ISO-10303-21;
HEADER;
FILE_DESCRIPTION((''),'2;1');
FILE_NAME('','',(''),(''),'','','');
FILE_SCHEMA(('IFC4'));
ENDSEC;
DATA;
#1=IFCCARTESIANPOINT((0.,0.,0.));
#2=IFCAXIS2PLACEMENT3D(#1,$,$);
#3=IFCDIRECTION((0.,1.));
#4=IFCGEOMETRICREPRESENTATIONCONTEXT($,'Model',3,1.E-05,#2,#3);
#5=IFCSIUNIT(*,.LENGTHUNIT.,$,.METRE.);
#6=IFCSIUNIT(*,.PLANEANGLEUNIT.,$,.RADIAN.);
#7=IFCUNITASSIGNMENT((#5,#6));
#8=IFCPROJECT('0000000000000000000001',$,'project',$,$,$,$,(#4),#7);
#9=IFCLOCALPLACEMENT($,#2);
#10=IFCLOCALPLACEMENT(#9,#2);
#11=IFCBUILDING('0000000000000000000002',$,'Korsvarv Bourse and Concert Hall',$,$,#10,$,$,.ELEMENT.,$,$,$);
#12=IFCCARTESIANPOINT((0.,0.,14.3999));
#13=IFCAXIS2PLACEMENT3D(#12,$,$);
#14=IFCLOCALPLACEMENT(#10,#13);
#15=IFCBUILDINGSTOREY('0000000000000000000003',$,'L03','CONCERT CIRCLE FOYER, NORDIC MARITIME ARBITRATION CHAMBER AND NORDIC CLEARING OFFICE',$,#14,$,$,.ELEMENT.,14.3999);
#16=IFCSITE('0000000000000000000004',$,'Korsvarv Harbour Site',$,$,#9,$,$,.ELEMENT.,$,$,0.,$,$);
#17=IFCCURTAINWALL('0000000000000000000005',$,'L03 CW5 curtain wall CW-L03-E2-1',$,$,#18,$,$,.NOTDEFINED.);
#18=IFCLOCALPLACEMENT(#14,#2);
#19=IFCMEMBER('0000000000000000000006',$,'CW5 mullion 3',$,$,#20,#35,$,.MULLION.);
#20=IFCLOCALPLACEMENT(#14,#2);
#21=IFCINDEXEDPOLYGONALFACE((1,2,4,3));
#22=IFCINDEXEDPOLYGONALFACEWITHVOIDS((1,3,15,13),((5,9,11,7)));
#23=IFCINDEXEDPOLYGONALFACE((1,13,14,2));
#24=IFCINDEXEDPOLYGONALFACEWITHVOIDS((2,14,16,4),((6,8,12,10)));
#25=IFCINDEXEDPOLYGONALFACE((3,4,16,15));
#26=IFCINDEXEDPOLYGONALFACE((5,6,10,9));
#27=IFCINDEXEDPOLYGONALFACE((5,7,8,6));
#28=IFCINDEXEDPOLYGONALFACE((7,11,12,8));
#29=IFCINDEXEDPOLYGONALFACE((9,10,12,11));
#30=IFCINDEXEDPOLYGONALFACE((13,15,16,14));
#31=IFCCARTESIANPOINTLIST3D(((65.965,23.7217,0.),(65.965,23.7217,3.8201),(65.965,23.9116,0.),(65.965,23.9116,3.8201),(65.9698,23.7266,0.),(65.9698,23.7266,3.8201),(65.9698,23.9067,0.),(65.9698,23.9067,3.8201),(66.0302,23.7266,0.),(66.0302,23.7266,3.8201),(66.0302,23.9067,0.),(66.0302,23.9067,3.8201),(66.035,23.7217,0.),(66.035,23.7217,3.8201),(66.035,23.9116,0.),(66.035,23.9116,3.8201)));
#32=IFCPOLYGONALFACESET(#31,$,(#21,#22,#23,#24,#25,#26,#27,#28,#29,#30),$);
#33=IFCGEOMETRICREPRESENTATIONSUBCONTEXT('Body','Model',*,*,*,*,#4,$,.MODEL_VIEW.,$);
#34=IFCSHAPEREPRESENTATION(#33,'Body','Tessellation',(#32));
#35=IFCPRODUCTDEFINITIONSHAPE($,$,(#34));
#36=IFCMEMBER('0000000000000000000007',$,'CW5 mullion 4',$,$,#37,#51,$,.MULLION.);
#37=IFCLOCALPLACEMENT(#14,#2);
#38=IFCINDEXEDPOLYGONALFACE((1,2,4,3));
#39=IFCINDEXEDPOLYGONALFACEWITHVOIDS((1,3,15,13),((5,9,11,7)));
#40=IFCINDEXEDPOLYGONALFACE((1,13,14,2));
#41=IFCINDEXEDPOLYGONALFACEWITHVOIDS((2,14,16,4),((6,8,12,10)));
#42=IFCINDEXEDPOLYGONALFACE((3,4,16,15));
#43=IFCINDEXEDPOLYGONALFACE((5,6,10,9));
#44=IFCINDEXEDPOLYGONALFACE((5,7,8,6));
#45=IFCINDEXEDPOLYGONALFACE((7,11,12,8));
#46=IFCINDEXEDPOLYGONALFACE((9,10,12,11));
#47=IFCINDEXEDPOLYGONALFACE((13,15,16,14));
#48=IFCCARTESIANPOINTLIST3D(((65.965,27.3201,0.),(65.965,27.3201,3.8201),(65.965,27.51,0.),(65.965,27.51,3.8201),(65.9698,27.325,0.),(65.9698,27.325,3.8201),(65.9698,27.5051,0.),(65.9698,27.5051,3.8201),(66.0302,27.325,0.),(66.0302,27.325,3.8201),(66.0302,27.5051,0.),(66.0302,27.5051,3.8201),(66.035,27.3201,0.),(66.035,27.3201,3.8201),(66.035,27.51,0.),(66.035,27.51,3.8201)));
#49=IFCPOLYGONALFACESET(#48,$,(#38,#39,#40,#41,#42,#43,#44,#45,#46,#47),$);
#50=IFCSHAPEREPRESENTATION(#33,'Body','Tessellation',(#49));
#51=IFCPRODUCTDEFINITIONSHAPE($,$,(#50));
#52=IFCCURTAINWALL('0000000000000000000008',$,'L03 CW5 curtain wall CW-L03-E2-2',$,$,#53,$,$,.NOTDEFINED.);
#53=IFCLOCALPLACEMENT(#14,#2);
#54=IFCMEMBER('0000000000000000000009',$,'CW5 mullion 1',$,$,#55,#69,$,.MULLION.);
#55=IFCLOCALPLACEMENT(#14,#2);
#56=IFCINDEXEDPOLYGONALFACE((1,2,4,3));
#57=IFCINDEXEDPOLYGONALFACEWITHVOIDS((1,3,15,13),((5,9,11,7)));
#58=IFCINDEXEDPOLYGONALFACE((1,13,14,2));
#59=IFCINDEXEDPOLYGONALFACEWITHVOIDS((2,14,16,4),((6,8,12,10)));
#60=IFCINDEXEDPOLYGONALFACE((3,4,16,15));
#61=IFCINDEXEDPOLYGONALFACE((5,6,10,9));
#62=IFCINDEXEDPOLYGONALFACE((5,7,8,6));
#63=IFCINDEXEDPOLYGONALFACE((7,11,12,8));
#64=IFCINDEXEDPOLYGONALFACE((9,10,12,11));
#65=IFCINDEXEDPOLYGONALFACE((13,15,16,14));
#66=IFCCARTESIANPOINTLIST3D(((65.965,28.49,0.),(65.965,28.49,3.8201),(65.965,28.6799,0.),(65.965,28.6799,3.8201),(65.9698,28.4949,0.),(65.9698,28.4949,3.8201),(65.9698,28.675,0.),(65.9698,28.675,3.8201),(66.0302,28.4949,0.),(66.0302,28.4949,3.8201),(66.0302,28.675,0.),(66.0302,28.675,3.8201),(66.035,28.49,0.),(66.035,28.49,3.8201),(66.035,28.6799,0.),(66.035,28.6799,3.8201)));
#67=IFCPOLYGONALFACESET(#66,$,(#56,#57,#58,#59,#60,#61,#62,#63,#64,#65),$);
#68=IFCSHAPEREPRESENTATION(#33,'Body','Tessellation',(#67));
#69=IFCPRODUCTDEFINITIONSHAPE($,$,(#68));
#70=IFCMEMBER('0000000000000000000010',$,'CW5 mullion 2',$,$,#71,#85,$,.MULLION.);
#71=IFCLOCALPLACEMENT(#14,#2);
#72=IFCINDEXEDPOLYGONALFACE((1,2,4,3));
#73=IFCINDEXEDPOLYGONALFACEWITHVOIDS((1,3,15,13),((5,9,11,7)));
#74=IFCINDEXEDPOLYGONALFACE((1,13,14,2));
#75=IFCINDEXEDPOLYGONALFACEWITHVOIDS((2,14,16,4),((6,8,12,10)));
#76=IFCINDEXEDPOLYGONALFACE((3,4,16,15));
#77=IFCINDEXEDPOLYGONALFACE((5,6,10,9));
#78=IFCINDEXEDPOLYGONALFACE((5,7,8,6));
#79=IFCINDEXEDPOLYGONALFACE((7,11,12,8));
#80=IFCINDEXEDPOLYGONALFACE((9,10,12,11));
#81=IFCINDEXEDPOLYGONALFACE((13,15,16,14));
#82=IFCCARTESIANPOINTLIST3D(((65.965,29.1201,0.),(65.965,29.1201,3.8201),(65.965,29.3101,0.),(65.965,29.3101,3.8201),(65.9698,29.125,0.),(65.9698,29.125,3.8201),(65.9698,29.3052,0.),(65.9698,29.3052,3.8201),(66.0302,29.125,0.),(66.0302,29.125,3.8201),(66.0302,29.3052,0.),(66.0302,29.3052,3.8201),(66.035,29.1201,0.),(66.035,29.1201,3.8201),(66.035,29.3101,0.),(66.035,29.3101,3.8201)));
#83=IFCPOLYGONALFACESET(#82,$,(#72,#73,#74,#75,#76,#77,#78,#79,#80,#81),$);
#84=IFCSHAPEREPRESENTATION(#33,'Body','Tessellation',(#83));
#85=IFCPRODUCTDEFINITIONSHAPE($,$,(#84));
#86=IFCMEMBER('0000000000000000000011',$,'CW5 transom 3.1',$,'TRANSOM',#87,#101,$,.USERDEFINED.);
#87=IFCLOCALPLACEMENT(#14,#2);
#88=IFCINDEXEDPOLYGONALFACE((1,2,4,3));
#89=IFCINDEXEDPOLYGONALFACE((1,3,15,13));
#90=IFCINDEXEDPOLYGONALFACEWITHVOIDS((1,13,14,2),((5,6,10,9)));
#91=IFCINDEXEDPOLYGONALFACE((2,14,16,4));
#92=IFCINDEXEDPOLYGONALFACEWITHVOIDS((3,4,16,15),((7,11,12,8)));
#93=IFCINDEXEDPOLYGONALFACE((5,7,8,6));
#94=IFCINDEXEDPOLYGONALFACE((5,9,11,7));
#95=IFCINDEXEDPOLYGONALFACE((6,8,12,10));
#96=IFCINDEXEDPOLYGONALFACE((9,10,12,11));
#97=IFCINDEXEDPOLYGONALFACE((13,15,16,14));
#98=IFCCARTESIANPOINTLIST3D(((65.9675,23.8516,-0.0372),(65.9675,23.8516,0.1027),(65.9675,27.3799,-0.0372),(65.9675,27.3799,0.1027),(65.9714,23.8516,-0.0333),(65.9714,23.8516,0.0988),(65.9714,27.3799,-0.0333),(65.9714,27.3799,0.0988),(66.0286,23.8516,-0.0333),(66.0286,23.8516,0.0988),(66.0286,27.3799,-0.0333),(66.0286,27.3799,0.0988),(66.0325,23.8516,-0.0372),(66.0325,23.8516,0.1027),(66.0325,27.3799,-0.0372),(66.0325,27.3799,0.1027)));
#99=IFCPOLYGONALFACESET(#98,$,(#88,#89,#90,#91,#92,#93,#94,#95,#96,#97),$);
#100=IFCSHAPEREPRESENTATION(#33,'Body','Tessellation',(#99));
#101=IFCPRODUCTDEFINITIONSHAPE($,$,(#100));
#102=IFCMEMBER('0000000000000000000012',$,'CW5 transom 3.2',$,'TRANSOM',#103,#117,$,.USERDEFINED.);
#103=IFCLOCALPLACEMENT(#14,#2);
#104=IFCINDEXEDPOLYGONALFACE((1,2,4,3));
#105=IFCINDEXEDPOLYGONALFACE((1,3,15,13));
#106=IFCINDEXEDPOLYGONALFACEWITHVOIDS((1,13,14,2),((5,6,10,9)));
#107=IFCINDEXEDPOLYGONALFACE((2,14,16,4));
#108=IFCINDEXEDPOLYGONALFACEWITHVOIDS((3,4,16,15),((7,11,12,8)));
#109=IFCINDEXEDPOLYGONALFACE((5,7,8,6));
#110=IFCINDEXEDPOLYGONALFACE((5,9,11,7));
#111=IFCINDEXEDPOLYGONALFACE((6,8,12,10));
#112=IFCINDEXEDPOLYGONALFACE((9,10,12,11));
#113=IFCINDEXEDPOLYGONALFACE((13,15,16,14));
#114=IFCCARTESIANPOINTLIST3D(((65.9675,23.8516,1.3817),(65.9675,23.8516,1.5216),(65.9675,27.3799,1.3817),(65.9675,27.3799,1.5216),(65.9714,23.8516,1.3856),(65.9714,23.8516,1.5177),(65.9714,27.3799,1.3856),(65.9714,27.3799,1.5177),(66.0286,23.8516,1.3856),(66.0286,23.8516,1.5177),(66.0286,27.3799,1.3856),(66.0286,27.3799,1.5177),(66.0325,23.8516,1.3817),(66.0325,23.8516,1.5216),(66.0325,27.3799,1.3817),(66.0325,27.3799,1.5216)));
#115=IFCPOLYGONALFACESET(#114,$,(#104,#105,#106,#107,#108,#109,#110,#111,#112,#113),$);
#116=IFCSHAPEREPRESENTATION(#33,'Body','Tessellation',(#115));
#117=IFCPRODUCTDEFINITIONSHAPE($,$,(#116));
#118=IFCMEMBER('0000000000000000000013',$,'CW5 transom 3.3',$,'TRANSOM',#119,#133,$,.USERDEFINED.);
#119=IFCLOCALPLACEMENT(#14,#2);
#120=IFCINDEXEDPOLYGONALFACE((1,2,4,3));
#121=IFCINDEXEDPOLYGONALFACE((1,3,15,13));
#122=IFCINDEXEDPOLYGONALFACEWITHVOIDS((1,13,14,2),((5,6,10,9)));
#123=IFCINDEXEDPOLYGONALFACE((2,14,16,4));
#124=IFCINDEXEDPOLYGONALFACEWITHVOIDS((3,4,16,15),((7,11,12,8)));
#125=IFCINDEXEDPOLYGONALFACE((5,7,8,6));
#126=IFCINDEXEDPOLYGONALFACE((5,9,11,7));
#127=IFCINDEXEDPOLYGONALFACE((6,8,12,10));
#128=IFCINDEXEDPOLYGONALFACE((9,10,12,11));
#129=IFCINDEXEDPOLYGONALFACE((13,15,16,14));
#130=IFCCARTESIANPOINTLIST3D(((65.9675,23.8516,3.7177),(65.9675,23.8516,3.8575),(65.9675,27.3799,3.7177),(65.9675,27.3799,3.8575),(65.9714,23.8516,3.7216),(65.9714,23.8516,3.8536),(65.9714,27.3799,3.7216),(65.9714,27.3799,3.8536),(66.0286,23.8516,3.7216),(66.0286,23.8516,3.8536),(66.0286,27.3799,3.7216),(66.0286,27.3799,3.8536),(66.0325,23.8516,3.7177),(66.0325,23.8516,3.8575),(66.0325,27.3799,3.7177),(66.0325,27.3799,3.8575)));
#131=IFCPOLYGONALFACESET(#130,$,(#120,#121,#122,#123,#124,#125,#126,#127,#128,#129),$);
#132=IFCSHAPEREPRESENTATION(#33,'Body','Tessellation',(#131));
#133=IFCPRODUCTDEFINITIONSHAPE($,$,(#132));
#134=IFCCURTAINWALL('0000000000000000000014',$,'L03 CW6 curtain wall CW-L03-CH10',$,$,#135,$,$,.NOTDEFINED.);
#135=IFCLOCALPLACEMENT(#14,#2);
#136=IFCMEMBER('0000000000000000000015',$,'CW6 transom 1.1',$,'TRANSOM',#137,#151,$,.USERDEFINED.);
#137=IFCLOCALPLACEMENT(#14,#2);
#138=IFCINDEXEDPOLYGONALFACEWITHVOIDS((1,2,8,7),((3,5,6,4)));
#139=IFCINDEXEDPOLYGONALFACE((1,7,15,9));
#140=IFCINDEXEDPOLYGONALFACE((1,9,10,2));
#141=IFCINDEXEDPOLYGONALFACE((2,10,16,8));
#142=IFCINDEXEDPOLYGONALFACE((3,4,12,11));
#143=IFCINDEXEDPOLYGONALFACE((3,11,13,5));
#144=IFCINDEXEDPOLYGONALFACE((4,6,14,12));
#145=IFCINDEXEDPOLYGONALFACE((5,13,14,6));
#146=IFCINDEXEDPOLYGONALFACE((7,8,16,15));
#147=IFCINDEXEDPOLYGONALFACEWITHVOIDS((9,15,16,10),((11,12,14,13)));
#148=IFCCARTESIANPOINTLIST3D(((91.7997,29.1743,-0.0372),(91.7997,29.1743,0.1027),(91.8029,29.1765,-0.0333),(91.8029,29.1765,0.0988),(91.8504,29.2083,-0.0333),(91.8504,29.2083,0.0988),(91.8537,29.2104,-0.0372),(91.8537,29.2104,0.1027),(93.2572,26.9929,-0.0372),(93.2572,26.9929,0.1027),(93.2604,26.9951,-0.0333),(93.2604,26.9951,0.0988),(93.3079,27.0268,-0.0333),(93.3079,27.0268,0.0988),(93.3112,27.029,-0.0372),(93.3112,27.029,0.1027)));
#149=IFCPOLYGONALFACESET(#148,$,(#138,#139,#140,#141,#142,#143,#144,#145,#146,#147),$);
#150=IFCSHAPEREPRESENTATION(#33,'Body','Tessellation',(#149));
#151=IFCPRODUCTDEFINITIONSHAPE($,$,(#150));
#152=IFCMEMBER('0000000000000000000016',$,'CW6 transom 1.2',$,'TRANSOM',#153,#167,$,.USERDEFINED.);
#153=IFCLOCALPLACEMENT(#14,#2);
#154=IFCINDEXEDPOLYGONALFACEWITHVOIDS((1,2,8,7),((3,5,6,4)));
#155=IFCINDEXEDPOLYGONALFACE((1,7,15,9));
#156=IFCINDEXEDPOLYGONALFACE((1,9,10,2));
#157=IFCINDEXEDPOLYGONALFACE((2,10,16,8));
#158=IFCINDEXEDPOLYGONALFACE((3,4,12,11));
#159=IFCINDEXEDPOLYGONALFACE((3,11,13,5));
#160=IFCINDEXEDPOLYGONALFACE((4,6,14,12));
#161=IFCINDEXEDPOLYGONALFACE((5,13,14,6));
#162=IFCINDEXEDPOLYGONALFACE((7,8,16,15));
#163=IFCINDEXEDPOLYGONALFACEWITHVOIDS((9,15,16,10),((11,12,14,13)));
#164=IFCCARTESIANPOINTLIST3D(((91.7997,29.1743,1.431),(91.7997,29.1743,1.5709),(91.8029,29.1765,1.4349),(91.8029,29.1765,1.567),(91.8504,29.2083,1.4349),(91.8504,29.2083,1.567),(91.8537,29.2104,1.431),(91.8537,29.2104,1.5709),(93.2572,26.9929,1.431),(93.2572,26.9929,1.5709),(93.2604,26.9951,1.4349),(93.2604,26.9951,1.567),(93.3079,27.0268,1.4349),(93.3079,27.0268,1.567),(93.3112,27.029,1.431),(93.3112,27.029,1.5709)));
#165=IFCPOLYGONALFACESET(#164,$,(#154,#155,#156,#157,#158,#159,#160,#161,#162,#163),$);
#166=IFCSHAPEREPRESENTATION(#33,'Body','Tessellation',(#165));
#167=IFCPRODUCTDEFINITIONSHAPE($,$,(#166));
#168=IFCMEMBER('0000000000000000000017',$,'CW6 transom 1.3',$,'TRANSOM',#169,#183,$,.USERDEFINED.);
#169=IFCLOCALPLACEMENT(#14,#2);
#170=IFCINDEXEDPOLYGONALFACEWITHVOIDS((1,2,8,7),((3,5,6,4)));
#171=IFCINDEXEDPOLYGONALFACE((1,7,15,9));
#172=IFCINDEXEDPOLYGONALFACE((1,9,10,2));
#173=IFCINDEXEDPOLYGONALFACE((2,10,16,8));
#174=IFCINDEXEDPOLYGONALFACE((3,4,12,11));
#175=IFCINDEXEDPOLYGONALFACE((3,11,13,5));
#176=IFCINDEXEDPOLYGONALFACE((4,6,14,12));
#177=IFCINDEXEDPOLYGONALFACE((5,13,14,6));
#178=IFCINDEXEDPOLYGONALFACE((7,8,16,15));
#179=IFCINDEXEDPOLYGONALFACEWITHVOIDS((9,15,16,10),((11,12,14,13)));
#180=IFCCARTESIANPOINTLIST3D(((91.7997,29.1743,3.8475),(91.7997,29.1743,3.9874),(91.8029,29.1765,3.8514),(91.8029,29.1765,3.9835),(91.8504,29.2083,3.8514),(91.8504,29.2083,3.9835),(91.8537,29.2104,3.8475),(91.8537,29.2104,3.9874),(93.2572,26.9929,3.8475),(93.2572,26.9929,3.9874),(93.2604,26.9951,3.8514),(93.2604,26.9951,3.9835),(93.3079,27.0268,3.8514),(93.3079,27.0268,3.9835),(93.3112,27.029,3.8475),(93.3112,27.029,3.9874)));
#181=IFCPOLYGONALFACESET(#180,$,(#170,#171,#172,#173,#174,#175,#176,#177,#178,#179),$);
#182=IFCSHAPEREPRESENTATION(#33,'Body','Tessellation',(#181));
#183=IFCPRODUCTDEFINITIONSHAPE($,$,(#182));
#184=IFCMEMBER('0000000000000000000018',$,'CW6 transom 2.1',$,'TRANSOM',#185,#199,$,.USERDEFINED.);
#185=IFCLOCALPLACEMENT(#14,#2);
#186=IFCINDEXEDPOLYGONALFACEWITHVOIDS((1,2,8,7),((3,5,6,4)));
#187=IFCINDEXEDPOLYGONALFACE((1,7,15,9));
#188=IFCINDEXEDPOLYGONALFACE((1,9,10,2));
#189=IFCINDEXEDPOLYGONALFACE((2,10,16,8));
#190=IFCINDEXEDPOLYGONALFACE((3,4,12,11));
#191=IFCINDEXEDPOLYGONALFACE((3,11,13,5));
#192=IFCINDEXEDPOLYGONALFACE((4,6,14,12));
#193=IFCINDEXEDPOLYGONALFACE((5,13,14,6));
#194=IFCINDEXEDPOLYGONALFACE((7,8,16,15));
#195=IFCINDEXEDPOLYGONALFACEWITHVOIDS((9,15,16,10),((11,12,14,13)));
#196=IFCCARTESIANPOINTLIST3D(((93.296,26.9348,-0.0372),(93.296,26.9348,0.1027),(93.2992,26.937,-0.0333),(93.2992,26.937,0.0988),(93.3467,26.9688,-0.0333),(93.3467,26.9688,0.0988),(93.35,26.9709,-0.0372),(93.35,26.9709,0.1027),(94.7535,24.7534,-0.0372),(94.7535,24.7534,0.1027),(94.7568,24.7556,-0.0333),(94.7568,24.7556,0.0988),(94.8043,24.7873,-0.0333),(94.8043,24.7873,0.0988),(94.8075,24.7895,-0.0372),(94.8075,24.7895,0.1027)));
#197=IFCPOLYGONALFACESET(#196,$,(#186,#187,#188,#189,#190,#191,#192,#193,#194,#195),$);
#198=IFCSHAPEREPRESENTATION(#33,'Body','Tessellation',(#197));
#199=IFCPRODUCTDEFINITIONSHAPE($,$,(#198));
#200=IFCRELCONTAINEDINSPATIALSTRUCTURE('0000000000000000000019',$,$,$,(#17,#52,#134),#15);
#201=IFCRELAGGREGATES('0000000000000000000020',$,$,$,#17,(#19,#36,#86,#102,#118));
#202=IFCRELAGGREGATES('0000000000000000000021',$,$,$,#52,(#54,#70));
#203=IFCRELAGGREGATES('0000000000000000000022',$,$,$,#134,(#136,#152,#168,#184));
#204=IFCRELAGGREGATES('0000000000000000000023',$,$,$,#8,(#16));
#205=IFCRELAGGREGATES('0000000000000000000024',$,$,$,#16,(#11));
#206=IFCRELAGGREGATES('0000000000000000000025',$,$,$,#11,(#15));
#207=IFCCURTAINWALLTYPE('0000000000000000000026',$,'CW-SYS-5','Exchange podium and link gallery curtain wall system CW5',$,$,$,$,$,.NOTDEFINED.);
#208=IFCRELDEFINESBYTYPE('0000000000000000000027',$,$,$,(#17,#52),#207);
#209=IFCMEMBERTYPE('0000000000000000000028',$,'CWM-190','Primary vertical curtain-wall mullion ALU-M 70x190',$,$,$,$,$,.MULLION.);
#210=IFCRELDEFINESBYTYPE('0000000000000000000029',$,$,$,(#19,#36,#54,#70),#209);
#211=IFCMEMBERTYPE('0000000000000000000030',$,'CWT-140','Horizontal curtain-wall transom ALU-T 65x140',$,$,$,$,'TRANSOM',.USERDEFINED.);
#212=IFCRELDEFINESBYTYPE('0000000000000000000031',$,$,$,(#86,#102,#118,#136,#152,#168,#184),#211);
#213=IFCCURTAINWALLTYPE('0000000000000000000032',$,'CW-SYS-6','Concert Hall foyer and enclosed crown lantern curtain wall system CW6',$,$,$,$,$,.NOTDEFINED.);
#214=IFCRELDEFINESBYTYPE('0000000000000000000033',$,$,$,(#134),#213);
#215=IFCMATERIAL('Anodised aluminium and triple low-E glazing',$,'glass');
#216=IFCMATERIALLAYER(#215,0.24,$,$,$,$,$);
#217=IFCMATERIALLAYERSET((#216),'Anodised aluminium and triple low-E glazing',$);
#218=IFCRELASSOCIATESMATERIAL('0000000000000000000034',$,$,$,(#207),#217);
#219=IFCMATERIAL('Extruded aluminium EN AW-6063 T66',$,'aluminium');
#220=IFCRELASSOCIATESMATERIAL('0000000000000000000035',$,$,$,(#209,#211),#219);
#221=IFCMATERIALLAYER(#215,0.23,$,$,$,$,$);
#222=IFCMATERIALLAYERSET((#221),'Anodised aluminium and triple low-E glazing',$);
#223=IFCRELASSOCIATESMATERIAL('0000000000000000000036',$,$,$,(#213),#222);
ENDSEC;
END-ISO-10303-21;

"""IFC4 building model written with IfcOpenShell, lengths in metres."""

from ifc_helpers import new_model, si_unit, direction, frame, origin, origin_2d, place, context, subcontext, project, spatial, hollow_rectangle, extrude, source, transform, mapped, material, layer, layer_set, material_profile, profile_set, type_object, element, aggregate, save


model = new_model("IFC4")

# Units and contexts
model_context = context("Model", 3, precision=1e-05, world=origin(), true_north=direction((0.0, 1.0)))
body_context = subcontext(model_context, "Body", "Model", "MODEL_VIEW")
ifc_project = project(units=[si_unit("LENGTHUNIT", "METRE"), si_unit("PLANEANGLEUNIT", "RADIAN")], contexts=[model_context])

# Site, building, storey
site_placement = place(None, origin())
site = spatial("IfcSite", under=ifc_project, at=site_placement, Name="Korsvarv Harbour Site", CompositionType="ELEMENT", RefElevation=0.0)
building_placement = place(site_placement, origin())
building = spatial("IfcBuilding", under=site, at=building_placement, Name="Korsvarv Bourse and Concert Hall", CompositionType="ELEMENT")
storey_placement = place(building_placement, frame((0.0, 0.0, 14.3999)))
storey = spatial("IfcBuildingStorey", under=building, at=storey_placement, Name="L03", Description="CONCERT CIRCLE FOYER, NORDIC MARITIME ARBITRATION CHAMBER AND NORDIC CLEARING OFFICE", CompositionType="ELEMENT", Elevation=14.3999)

# Curtain walls, members
ifc_material_1 = material(Name="Anodised aluminium and triple low-E glazing", Category="glass")
ifc_layer_1 = layer(ifc_material_1, 0.24)
ifc_layer_set_1 = layer_set([ifc_layer_1], Name="Anodised aluminium and triple low-E glazing")
curtain_wall_type_1 = type_object("IfcCurtainWallType", Name="CW-SYS-5", Description="Exchange podium and link gallery curtain wall system CW5", PredefinedType="NOTDEFINED", material=ifc_layer_set_1)
curtain_wall_1_placement = place(storey_placement, origin())
curtain_wall_1 = element("IfcCurtainWall", 1, at=curtain_wall_1_placement, inside=storey, type_object=curtain_wall_type_1, Name="L03 CW5 curtain wall CW-L03-E2-1", PredefinedType="NOTDEFINED")
ifc_material_2 = material(Name="Extruded aluminium EN AW-6063 T66", Category="aluminium")
ifc_material_profile_1 = material_profile(ifc_material_2, hollow_rectangle(XDim=0.0701, YDim=0.1899, WallThickness=0.0049, at=origin_2d()), Name="ALU-M 70x190")
ifc_profile_set_1 = profile_set([ifc_material_profile_1], Name="Extruded aluminium EN AW-6063 T66")
member_type_1 = type_object("IfcMemberType", Name="CWM-190", Description="Primary vertical curtain-wall mullion ALU-M 70x190", PredefinedType="MULLION", material=ifc_profile_set_1)
shared_shape_1 = source(origin(), body_context, "Body", "SweptSolid", [
    extrude(hollow_rectangle(XDim=0.0701, YDim=0.1899, WallThickness=0.0049, at=origin_2d()), origin(), (0.0, 0.0, 1.0), 3.8201),
])
member_1_placement = place(storey_placement, frame((66.0, 23.8167, 0.0), z_axis=(0.0, 0.0, 1.0), x_axis=(-1.0, 0.0, 0.0)))
member_1 = element("IfcMember", 2, at=member_1_placement, type_object=member_type_1, Name="CW5 mullion 3", PredefinedType="MULLION", context=body_context, shape_type="MappedRepresentation", body=[
    mapped(shared_shape_1, transform((0.0, 0.0, 0.0), scale=1.0)),
])
member_2_placement = place(storey_placement, frame((66.0, 27.415, 0.0), z_axis=(0.0, 0.0, 1.0), x_axis=(-1.0, 0.0, 0.0)))
member_2 = element("IfcMember", 3, at=member_2_placement, type_object=member_type_1, Name="CW5 mullion 4", PredefinedType="MULLION", context=body_context, shape_type="MappedRepresentation", body=[
    mapped(shared_shape_1, transform((0.0, 0.0, 0.0), scale=1.0)),
])
curtain_wall_2_placement = place(storey_placement, origin())
curtain_wall_2 = element("IfcCurtainWall", 4, at=curtain_wall_2_placement, inside=storey, type_object=curtain_wall_type_1, Name="L03 CW5 curtain wall CW-L03-E2-2", PredefinedType="NOTDEFINED")
member_3_placement = place(storey_placement, frame((66.0, 28.585, 0.0), z_axis=(0.0, 0.0, 1.0), x_axis=(-1.0, 0.0, 0.0)))
member_3 = element("IfcMember", 5, at=member_3_placement, type_object=member_type_1, Name="CW5 mullion 1", PredefinedType="MULLION", context=body_context, shape_type="MappedRepresentation", body=[
    mapped(shared_shape_1, transform((0.0, 0.0, 0.0), scale=1.0)),
])
member_4_placement = place(storey_placement, frame((66.0, 29.2151, 0.0), z_axis=(0.0, 0.0, 1.0), x_axis=(-1.0, 0.0, 0.0)))
member_4 = element("IfcMember", 6, at=member_4_placement, type_object=member_type_1, Name="CW5 mullion 2", PredefinedType="MULLION", context=body_context, shape_type="MappedRepresentation", body=[
    mapped(shared_shape_1, transform((0.0, 0.0, 0.0), scale=1.0)),
])

# Members
ifc_material_profile_2 = material_profile(ifc_material_2, hollow_rectangle(XDim=0.0649, YDim=0.1399, WallThickness=0.0039, at=origin_2d()), Name="ALU-T 65x140")
ifc_profile_set_2 = profile_set([ifc_material_profile_2], Name="Extruded aluminium EN AW-6063 T66")
member_type_2 = type_object("IfcMemberType", Name="CWT-140", Description="Horizontal curtain-wall transom ALU-T 65x140", ElementType="TRANSOM", PredefinedType="USERDEFINED", material=ifc_profile_set_2)
shared_shape_2 = source(origin(), body_context, "Body", "SweptSolid", [
    extrude(hollow_rectangle(XDim=0.0649, YDim=0.1399, WallThickness=0.0039, at=origin_2d()), origin(), (0.0, 0.0, 1.0), 3.5283),
])
member_5_placement = place(storey_placement, frame((66.0, 23.8516, 0.0327), z_axis=(0.0, 1.0, 0.0), x_axis=(-1.0, 0.0, 0.0)))
member_5 = element("IfcMember", 7, at=member_5_placement, type_object=member_type_2, Name="CW5 transom 3.1", ObjectType="TRANSOM", PredefinedType="USERDEFINED", context=body_context, shape_type="MappedRepresentation", body=[
    mapped(shared_shape_2, transform((0.0, 0.0, 0.0), scale=1.0)),
])
member_6_placement = place(storey_placement, frame((66.0, 23.8516, 1.4517), z_axis=(0.0, 1.0, 0.0), x_axis=(-1.0, 0.0, 0.0)))
member_6 = element("IfcMember", 8, at=member_6_placement, type_object=member_type_2, Name="CW5 transom 3.2", ObjectType="TRANSOM", PredefinedType="USERDEFINED", context=body_context, shape_type="MappedRepresentation", body=[
    mapped(shared_shape_2, transform((0.0, 0.0, 0.0), scale=1.0)),
])
member_7_placement = place(storey_placement, frame((66.0, 23.8516, 3.7876), z_axis=(0.0, 1.0, 0.0), x_axis=(-1.0, 0.0, 0.0)))
member_7 = element("IfcMember", 9, at=member_7_placement, type_object=member_type_2, Name="CW5 transom 3.3", ObjectType="TRANSOM", PredefinedType="USERDEFINED", context=body_context, shape_type="MappedRepresentation", body=[
    mapped(shared_shape_2, transform((0.0, 0.0, 0.0), scale=1.0)),
])

# Curtain wall, members
ifc_layer_2 = layer(ifc_material_1, 0.23)
ifc_layer_set_2 = layer_set([ifc_layer_2], Name="Anodised aluminium and triple low-E glazing")
curtain_wall_type_2 = type_object("IfcCurtainWallType", Name="CW-SYS-6", Description="Concert Hall foyer and enclosed crown lantern curtain wall system CW6", PredefinedType="NOTDEFINED", material=ifc_layer_set_2)
curtain_wall_3_placement = place(storey_placement, origin())
curtain_wall_3 = element("IfcCurtainWall", 10, at=curtain_wall_3_placement, inside=storey, type_object=curtain_wall_type_2, Name="L03 CW6 curtain wall CW-L03-CH10", PredefinedType="NOTDEFINED")
shared_shape_3 = source(origin(), body_context, "Body", "SweptSolid", [
    extrude(hollow_rectangle(XDim=0.0649, YDim=0.1399, WallThickness=0.0039, at=origin_2d()), origin(), (0.0, 0.0, 1.0), 2.6235),
])
member_8_placement = place(storey_placement, frame((91.8267, 29.1924, 0.0327), z_axis=(0.555559, -0.831477, 0.0), x_axis=(0.831477, 0.555559, 0.0)))
member_8 = element("IfcMember", 11, at=member_8_placement, type_object=member_type_2, Name="CW6 transom 1.1", ObjectType="TRANSOM", PredefinedType="USERDEFINED", context=body_context, shape_type="MappedRepresentation", body=[
    mapped(shared_shape_3, transform((0.0, 0.0, 0.0), scale=1.0)),
])
member_9_placement = place(storey_placement, frame((91.8267, 29.1924, 1.501), z_axis=(0.555559, -0.831477, 0.0), x_axis=(0.831477, 0.555559, 0.0)))
member_9 = element("IfcMember", 12, at=member_9_placement, type_object=member_type_2, Name="CW6 transom 1.2", ObjectType="TRANSOM", PredefinedType="USERDEFINED", context=body_context, shape_type="MappedRepresentation", body=[
    mapped(shared_shape_3, transform((0.0, 0.0, 0.0), scale=1.0)),
])
member_10_placement = place(storey_placement, frame((91.8267, 29.1924, 3.9175), z_axis=(0.555559, -0.831477, 0.0), x_axis=(0.831477, 0.555559, 0.0)))
member_10 = element("IfcMember", 13, at=member_10_placement, type_object=member_type_2, Name="CW6 transom 1.3", ObjectType="TRANSOM", PredefinedType="USERDEFINED", context=body_context, shape_type="MappedRepresentation", body=[
    mapped(shared_shape_3, transform((0.0, 0.0, 0.0), scale=1.0)),
])
member_11_placement = place(storey_placement, frame((93.323, 26.9529, 0.0327), z_axis=(0.555559, -0.831477, 0.0), x_axis=(0.831477, 0.555559, 0.0)))
member_11 = element("IfcMember", 14, at=member_11_placement, type_object=member_type_2, Name="CW6 transom 2.1", ObjectType="TRANSOM", PredefinedType="USERDEFINED", context=body_context, shape_type="MappedRepresentation", body=[
    mapped(shared_shape_3, transform((0.0, 0.0, 0.0), scale=1.0)),
])

aggregate(curtain_wall_1, [member_1, member_2, member_5, member_6, member_7])
aggregate(curtain_wall_2, [member_3, member_4])
aggregate(curtain_wall_3, [member_8, member_9, member_10, member_11])

save(model, "model.ifc")
